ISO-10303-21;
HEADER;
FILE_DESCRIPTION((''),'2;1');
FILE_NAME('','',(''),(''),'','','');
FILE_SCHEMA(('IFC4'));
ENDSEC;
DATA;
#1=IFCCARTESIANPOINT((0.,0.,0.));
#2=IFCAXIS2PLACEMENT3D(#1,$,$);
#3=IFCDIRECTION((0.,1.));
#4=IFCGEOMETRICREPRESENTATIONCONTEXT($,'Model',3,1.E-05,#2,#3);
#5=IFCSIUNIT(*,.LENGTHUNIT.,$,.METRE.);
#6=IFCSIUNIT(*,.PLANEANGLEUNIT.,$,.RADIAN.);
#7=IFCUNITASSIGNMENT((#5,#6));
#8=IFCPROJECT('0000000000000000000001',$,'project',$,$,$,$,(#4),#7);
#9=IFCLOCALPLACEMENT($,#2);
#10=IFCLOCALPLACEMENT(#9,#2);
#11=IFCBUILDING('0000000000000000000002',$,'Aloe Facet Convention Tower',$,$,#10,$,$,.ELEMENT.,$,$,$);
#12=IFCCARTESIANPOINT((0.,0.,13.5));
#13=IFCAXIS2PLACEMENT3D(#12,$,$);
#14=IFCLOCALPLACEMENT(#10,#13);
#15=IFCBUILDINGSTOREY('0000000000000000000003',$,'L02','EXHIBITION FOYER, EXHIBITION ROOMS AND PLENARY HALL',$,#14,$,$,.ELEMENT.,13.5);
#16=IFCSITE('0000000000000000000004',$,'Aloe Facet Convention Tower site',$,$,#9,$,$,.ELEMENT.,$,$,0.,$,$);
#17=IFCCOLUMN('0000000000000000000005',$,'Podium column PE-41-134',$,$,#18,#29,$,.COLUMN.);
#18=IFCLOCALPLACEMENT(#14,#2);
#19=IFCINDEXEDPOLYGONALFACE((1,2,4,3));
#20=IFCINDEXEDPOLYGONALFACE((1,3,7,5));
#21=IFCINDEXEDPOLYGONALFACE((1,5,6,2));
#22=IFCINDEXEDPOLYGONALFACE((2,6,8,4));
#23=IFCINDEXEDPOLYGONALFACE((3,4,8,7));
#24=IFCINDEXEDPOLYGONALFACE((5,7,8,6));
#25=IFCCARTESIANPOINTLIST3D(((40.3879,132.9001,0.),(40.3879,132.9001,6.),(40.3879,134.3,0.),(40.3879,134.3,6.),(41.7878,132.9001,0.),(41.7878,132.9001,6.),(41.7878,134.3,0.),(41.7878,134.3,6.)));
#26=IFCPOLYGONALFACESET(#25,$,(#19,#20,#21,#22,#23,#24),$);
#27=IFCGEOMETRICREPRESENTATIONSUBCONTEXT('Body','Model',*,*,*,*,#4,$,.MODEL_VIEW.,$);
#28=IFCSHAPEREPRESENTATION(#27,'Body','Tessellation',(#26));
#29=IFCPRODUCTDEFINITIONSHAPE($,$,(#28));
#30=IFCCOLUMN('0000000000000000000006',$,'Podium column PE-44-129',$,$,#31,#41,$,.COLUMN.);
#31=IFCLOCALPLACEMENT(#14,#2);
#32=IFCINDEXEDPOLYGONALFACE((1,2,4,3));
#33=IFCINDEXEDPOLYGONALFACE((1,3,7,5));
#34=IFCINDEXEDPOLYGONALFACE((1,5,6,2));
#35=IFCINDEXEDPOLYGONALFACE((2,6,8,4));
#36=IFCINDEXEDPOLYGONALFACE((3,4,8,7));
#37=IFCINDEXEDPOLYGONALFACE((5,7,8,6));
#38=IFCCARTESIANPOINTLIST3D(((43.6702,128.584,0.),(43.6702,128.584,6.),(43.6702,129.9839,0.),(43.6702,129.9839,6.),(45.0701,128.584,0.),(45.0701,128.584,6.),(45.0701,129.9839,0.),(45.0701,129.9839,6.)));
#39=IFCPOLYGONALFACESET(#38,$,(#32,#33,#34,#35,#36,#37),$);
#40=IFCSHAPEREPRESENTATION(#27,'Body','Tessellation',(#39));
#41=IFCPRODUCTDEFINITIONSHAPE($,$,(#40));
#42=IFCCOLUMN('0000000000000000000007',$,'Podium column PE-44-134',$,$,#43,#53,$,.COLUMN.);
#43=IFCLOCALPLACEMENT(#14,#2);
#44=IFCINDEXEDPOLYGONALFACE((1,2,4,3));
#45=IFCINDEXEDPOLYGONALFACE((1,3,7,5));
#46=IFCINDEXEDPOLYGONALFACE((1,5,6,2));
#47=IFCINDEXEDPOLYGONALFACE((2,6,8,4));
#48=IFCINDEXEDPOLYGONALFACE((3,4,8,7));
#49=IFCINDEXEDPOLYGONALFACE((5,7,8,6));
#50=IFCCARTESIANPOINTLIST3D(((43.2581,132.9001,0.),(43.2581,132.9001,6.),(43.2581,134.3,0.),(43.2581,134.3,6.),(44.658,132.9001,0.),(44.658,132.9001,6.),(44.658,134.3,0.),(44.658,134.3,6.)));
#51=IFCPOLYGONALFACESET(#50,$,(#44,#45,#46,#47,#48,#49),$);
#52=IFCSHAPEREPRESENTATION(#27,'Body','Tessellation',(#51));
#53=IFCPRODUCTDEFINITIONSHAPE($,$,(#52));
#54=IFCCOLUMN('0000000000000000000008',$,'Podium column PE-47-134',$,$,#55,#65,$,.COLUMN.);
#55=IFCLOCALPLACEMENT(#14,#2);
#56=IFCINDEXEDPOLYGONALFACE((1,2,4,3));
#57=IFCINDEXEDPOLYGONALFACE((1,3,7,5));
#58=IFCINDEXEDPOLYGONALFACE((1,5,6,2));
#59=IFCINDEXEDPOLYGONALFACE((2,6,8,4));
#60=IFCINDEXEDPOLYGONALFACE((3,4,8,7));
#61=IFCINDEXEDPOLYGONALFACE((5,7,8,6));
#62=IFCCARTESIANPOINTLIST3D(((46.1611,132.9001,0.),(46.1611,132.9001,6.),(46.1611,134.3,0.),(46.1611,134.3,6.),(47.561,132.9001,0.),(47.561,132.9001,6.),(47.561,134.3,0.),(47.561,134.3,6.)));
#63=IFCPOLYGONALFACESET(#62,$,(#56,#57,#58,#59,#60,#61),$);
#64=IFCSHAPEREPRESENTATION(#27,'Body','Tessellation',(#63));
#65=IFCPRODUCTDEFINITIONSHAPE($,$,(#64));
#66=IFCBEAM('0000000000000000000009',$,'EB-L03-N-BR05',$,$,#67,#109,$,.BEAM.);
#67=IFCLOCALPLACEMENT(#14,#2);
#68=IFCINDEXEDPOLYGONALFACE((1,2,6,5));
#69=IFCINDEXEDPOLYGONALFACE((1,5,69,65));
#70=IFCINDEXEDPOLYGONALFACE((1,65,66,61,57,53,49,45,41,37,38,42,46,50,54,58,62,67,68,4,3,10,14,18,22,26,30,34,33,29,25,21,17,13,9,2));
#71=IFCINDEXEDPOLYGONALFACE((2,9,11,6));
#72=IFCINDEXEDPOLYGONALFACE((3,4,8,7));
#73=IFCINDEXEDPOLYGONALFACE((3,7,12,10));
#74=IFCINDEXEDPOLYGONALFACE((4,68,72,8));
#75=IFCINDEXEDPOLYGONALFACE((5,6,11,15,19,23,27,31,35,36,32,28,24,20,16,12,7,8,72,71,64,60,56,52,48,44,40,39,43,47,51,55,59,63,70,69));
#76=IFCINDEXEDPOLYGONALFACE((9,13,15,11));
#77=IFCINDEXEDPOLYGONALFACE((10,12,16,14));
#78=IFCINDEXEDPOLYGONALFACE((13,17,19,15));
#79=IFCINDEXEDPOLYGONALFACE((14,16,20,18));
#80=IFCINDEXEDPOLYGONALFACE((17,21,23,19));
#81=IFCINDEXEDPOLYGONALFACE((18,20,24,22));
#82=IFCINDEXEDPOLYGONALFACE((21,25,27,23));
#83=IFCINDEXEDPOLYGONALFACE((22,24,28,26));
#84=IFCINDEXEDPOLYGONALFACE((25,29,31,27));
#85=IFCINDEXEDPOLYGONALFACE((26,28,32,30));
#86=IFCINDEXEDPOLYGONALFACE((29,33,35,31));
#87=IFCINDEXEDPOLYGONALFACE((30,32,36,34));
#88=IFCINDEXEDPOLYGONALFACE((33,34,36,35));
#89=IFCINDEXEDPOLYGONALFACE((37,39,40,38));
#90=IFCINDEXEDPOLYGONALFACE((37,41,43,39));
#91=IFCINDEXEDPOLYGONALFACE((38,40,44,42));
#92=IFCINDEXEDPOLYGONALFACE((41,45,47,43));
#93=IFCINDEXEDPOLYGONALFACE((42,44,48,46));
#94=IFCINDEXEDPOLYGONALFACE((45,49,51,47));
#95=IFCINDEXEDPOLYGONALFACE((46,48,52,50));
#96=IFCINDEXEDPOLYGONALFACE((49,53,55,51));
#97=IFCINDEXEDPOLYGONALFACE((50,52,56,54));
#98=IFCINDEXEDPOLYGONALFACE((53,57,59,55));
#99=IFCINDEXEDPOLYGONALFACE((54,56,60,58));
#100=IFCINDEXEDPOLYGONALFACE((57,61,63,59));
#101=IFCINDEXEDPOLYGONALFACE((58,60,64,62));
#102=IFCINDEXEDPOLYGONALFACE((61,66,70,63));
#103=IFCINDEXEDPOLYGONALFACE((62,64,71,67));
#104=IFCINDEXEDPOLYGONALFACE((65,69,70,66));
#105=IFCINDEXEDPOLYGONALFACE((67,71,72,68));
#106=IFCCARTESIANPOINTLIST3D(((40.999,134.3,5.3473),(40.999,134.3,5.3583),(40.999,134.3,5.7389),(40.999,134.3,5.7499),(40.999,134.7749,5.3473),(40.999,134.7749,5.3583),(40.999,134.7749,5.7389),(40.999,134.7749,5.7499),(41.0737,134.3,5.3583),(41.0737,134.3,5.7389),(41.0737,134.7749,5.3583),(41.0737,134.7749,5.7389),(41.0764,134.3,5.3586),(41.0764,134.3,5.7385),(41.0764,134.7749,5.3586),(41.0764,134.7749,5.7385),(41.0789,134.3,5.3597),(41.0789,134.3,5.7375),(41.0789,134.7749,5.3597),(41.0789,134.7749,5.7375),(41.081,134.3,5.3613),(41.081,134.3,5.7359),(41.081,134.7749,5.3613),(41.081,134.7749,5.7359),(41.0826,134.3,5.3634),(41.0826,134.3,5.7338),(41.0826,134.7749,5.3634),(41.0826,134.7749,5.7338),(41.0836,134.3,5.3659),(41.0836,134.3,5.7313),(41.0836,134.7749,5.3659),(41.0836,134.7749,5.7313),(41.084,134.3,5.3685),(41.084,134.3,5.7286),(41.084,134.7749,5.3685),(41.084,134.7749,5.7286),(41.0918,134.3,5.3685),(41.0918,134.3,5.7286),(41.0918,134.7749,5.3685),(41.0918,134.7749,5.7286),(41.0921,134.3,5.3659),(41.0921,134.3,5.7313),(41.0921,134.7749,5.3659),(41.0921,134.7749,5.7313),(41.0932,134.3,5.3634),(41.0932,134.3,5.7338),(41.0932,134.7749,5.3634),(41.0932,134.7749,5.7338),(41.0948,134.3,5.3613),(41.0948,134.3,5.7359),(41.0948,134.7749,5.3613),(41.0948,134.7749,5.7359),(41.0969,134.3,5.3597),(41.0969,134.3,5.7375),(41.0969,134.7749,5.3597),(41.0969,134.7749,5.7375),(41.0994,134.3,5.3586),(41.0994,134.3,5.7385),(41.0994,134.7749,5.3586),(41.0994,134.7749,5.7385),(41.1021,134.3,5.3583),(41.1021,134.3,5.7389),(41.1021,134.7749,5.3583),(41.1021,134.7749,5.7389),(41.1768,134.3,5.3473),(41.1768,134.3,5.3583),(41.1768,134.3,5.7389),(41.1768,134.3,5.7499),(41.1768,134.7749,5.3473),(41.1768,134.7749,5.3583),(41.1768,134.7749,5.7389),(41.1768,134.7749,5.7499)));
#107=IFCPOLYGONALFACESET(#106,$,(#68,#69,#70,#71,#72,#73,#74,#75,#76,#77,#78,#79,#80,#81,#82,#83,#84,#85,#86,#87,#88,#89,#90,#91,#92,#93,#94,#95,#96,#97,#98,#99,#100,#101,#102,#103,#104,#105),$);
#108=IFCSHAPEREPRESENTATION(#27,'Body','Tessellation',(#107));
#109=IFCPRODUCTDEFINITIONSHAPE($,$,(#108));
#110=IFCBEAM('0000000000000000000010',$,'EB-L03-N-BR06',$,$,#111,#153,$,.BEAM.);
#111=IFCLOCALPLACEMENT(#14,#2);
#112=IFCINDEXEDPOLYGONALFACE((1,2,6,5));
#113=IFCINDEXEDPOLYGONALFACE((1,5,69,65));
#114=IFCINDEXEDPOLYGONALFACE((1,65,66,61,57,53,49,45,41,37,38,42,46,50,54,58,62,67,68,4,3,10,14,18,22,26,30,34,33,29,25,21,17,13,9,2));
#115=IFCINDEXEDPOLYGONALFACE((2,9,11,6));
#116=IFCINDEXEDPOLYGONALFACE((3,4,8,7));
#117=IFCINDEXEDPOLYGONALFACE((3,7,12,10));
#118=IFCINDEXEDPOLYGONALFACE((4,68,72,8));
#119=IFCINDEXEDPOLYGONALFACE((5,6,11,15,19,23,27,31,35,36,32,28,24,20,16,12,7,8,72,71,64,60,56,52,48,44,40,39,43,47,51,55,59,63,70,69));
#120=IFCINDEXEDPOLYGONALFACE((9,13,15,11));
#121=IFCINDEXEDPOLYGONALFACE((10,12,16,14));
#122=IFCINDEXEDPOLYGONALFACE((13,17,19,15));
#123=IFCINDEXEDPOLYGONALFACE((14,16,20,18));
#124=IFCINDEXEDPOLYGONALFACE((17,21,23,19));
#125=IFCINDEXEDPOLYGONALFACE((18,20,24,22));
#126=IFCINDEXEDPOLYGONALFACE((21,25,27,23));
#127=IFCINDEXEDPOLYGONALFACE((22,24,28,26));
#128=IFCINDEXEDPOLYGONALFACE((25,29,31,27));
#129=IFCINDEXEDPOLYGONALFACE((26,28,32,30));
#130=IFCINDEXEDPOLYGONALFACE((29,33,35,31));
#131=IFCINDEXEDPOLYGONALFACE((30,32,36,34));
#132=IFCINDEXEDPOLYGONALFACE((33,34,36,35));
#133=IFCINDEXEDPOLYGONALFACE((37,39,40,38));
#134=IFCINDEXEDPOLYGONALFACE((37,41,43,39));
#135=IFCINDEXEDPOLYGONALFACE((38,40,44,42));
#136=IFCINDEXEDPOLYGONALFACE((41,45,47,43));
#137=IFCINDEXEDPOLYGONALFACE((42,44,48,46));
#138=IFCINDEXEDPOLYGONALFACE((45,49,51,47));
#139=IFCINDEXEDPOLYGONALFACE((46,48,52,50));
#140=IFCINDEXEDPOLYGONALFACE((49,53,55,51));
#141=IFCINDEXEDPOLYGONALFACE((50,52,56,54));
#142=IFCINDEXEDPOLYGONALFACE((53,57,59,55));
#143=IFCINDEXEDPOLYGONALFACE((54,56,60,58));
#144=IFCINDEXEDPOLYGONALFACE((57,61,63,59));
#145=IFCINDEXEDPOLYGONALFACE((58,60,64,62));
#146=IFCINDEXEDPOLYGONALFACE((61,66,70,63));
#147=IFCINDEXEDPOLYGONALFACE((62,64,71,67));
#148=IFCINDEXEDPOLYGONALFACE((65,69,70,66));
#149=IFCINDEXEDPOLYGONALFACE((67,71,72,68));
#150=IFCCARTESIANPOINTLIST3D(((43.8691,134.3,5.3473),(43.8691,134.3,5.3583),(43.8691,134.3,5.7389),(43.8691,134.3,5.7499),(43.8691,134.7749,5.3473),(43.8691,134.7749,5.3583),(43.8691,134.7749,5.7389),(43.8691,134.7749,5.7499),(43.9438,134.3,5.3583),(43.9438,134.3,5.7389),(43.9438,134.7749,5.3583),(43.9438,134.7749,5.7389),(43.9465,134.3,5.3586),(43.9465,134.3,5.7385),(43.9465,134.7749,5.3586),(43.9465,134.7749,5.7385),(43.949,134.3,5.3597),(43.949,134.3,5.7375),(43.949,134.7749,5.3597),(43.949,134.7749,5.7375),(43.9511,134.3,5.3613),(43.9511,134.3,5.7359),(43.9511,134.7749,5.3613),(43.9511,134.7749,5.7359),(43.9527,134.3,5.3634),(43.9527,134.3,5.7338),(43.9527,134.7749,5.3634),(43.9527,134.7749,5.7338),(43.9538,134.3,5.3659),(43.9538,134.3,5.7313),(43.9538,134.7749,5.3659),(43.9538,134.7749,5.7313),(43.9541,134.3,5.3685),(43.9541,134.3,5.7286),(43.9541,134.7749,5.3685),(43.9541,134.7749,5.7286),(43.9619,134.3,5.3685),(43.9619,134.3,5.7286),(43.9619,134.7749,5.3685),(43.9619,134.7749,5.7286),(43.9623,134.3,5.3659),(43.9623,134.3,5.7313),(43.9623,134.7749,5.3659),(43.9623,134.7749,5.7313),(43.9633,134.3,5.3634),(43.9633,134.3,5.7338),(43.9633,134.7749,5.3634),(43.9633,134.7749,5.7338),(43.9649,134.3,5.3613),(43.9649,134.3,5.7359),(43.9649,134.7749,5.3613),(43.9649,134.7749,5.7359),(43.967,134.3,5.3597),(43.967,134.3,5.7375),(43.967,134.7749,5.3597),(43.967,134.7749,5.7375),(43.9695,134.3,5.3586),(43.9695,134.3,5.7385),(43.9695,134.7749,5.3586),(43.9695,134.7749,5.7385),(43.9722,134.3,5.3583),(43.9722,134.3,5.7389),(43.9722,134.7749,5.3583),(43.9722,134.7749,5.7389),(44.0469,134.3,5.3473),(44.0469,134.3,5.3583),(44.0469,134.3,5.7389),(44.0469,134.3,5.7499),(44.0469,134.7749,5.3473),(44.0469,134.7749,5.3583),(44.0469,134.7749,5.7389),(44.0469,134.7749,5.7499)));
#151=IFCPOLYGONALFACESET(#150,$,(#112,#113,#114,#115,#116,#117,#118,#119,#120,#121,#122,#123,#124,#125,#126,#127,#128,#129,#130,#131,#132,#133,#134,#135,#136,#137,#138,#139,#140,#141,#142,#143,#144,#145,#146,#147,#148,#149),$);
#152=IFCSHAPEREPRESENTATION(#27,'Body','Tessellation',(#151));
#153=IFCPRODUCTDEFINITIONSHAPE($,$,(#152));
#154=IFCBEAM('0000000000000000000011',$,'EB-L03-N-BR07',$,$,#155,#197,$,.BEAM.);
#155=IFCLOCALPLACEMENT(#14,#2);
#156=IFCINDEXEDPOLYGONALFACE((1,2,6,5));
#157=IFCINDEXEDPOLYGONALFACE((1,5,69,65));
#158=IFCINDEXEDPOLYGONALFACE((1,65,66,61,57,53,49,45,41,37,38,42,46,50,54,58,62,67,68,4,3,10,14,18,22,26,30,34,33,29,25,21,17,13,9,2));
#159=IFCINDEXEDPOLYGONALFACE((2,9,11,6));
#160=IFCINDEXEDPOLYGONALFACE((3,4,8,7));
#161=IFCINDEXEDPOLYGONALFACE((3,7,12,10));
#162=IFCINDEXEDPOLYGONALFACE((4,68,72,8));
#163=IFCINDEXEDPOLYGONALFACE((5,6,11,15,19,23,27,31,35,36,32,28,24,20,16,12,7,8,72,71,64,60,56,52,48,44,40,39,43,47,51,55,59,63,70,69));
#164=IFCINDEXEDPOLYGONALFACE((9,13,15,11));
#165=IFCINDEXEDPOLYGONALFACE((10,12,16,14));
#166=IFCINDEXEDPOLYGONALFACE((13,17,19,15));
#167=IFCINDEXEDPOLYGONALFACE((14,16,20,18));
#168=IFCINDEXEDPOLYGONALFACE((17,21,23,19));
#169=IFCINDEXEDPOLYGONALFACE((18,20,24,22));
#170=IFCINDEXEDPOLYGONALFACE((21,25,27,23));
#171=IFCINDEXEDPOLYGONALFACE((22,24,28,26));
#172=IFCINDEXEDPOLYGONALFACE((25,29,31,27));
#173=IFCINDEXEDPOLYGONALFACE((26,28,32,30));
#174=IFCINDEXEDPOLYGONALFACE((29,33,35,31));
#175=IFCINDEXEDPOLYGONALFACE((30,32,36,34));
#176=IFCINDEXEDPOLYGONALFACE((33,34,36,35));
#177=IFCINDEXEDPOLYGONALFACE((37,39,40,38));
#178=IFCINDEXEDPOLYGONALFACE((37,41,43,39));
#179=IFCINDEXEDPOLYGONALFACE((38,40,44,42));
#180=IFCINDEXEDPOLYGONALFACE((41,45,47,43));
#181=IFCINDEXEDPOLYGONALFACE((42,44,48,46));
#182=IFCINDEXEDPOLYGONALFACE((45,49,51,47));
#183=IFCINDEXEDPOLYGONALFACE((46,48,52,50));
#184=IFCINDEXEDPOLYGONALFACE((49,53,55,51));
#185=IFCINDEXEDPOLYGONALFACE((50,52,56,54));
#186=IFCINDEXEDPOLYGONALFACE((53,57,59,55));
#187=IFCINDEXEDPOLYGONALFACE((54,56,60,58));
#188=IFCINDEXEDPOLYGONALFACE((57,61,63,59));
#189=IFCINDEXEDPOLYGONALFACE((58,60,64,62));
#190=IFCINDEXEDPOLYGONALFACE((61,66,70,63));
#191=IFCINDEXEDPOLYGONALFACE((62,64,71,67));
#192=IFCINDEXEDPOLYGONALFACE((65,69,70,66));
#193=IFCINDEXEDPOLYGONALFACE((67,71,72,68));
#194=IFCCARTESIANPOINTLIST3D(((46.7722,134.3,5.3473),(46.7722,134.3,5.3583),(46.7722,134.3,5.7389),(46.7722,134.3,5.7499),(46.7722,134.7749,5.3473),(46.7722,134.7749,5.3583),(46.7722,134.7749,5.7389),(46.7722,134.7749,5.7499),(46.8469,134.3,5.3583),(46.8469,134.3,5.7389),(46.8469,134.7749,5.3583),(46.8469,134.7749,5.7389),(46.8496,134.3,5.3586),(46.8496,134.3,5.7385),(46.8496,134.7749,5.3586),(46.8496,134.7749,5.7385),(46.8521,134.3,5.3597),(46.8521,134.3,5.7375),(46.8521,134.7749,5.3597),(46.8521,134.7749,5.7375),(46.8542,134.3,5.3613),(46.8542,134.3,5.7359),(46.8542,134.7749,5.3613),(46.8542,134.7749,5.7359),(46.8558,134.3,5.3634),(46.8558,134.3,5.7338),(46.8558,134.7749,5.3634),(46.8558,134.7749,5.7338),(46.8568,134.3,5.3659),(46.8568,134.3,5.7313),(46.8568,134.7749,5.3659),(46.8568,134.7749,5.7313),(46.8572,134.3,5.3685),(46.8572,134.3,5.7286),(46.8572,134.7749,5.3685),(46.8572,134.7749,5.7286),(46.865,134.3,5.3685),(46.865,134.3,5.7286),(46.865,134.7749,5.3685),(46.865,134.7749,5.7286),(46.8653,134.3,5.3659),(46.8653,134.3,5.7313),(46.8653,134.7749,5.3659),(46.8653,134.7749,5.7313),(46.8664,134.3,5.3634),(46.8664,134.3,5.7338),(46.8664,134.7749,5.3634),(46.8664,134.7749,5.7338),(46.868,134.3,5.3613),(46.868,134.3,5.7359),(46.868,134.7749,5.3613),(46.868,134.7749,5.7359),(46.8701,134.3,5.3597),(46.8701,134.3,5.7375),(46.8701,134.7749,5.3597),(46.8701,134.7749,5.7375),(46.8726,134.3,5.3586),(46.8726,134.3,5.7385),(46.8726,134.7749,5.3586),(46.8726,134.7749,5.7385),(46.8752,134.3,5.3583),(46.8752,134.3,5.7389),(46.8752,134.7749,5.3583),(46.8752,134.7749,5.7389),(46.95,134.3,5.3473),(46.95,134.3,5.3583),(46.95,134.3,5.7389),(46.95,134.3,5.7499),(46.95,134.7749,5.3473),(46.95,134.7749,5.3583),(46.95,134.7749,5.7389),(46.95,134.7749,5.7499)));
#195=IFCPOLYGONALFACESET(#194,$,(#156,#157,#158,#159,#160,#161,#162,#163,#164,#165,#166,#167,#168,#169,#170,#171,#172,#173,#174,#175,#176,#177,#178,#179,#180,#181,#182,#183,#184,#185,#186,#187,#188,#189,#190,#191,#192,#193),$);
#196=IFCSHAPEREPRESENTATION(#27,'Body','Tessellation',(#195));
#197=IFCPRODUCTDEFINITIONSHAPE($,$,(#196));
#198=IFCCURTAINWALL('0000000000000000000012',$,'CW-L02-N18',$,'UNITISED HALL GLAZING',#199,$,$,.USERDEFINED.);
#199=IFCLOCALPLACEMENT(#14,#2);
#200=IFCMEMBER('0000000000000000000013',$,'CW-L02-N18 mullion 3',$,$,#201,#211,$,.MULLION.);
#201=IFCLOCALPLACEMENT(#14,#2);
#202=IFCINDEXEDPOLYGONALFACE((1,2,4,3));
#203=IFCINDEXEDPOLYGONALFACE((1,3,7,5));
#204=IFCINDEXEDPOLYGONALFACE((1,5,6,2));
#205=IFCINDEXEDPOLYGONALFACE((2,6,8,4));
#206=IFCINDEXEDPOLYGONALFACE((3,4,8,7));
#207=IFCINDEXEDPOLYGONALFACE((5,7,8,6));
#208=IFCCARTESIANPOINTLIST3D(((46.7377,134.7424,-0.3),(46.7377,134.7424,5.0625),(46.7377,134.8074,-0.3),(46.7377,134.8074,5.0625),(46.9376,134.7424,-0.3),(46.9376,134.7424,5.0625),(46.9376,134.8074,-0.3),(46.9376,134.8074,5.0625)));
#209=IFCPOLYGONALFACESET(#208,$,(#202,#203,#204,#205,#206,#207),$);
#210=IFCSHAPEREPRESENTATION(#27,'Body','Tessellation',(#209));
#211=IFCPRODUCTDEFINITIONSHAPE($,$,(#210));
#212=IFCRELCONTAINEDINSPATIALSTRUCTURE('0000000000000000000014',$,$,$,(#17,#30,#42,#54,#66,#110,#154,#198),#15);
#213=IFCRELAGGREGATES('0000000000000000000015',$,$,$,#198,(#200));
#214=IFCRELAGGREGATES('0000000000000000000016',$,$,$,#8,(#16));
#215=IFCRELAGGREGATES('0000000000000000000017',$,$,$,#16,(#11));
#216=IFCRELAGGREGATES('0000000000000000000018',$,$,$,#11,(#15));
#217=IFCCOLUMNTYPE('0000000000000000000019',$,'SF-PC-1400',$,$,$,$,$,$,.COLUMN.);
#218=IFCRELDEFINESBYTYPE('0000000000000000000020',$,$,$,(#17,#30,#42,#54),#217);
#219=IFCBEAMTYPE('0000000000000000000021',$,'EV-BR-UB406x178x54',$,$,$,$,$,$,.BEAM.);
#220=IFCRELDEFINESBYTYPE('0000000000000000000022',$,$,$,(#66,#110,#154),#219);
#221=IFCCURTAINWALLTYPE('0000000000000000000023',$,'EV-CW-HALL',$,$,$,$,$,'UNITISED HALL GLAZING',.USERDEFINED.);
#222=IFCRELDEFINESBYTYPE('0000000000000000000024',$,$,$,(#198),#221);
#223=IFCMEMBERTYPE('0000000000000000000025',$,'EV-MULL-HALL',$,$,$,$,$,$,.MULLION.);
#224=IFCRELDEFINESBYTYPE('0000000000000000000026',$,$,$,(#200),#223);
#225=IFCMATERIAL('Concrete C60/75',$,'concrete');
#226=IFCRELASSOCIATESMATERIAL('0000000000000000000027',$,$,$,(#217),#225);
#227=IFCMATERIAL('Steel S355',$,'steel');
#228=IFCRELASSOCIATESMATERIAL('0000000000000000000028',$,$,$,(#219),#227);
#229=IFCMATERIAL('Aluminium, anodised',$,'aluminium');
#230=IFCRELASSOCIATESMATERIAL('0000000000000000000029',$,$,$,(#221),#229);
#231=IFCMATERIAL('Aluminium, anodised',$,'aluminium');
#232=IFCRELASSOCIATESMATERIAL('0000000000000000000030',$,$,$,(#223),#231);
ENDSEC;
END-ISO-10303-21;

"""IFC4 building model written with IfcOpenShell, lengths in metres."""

from ifc_helpers import new_model, si_unit, direction, frame, origin, origin_2d, place, context, subcontext, project, spatial, rectangle, i_section, extrude, material, material_profile, profile_set, type_object, element, aggregate, save


model = new_model("IFC4")

# Units and contexts
model_context = context("Model", 3, precision=1e-05, world=origin(), true_north=direction((0.0, 1.0)))
body_context = subcontext(model_context, "Body", "Model", "MODEL_VIEW")
ifc_project = project(units=[si_unit("LENGTHUNIT", "METRE"), si_unit("PLANEANGLEUNIT", "RADIAN")], contexts=[model_context])

# Site, building, storey
site_placement = place(None, origin())
site = spatial("IfcSite", under=ifc_project, at=site_placement, Name="Aloe Facet Convention Tower site", CompositionType="ELEMENT", RefElevation=0.0)
building_placement = place(site_placement, origin())
building = spatial("IfcBuilding", under=site, at=building_placement, Name="Aloe Facet Convention Tower", CompositionType="ELEMENT")
storey_placement = place(building_placement, frame((0.0, 0.0, 13.5)))
storey = spatial("IfcBuildingStorey", under=building, at=storey_placement, Name="L02", Description="EXHIBITION FOYER, EXHIBITION ROOMS AND PLENARY HALL", CompositionType="ELEMENT", Elevation=13.5)

# Columns
ifc_material_1 = material(Name="Concrete C60/75", Category="concrete")
ifc_material_profile_1 = material_profile(ifc_material_1, rectangle(XDim=1.3999, YDim=1.3999, at=origin_2d()), Name="SF-PC-1400")
ifc_profile_set_1 = profile_set([ifc_material_profile_1], Name="Concrete C60/75")
column_type = type_object("IfcColumnType", Name="SF-PC-1400", PredefinedType="COLUMN", material=ifc_profile_set_1)
for number, where, z_axis, x_axis, name in (
    (1, (41.0879, 133.6001, 0.0), (0.0, 0.0, 1.0), (1.0, 0.0, 0.0), "Podium column PE-41-134"),
    (2, (44.3701, 129.2839, 0.0), (0.0, 0.0, 1.0), (1.0, 0.0, 0.0), "Podium column PE-44-129"),
    (3, (43.958, 133.6001, 0.0), (0.0, 0.0, 1.0), (1.0, 0.0, 0.0), "Podium column PE-44-134"),
    (4, (46.8611, 133.6001, 0.0), (0.0, 0.0, 1.0), (1.0, 0.0, 0.0), "Podium column PE-47-134"),
):
    element("IfcColumn", number, at=place(storey_placement, frame(where, z_axis=z_axis, x_axis=x_axis)), inside=storey, type_object=column_type, Name=name, PredefinedType="COLUMN", context=body_context, shape_type="SweptSolid", body=[
        extrude(rectangle(XDim=1.3999, YDim=1.3999, at=origin_2d()), origin(), (0.0, 0.0, 1.0), 6.0),
    ])

# Beams
ifc_material_2 = material(Name="Steel S355", Category="steel")
ifc_material_profile_2 = material_profile(ifc_material_2, i_section(OverallWidth=0.1777, OverallDepth=0.4026, WebThickness=0.0078, FlangeThickness=0.011, FilletRadius=0.0103, at=origin_2d()), Name="UB 406x178x54")
ifc_profile_set_2 = profile_set([ifc_material_profile_2], Name="Steel S355")
beam_type_1 = type_object("IfcBeamType", Name="EV-BR-UB406x178x54", PredefinedType="BEAM", material=ifc_profile_set_2)
for number, where, z_axis, x_axis, name in (
    (5, (41.0879, 134.3, 5.5486), (0.0, 1.0, 0.0), (-1.0, 0.0, 0.0), "EB-L03-N-BR05"),
    (6, (43.958, 134.3, 5.5486), (0.0, 1.0, 0.0), (-1.0, 0.0, 0.0), "EB-L03-N-BR06"),
    (7, (46.8611, 134.3, 5.5486), (0.0, 1.0, 0.0), (-1.0, 0.0, 0.0), "EB-L03-N-BR07"),
):
    element("IfcBeam", number, at=place(storey_placement, frame(where, z_axis=z_axis, x_axis=x_axis)), inside=storey, type_object=beam_type_1, Name=name, PredefinedType="BEAM", context=body_context, shape_type="SweptSolid", body=[
        extrude(i_section(OverallWidth=0.1777, OverallDepth=0.4026, WebThickness=0.0078, FlangeThickness=0.011, FilletRadius=0.0103, at=origin_2d()), origin(), (0.0, 0.0, 1.0), 0.4749),
    ])

# Curtain wall, member
ifc_material_3 = material(Name="Aluminium, anodised", Category="aluminium")
curtain_wall_type = type_object("IfcCurtainWallType", Name="EV-CW-HALL", ElementType="UNITISED HALL GLAZING", PredefinedType="USERDEFINED", material=ifc_material_3)
curtain_wall_1_placement = place(storey_placement, origin())
curtain_wall_1 = element("IfcCurtainWall", 8, at=curtain_wall_1_placement, inside=storey, type_object=curtain_wall_type, Name="CW-L02-N18", ObjectType="UNITISED HALL GLAZING", PredefinedType="USERDEFINED")
ifc_material_4 = material(Name="Aluminium, anodised", Category="aluminium")
ifc_material_profile_3 = material_profile(ifc_material_4, rectangle(XDim=0.0649, YDim=0.2, at=origin_2d()), Name="AL 65x200")
ifc_profile_set_3 = profile_set([ifc_material_profile_3], Name="Aluminium, anodised")
member_type_1 = type_object("IfcMemberType", Name="EV-MULL-HALL", PredefinedType="MULLION", material=ifc_profile_set_3)
member_1_placement = place(storey_placement, frame((46.8376, 134.7749, -0.3), z_axis=(0.0, 0.0, 1.0), x_axis=(0.0, -1.0, 0.0)))
member_1 = element("IfcMember", 9, at=member_1_placement, type_object=member_type_1, Name="CW-L02-N18 mullion 3", PredefinedType="MULLION", context=body_context, shape_type="SweptSolid", body=[
    extrude(rectangle(XDim=0.0649, YDim=0.2, at=origin_2d()), origin(), (0.0, 0.0, 1.0), 5.3625),
])

aggregate(curtain_wall_1, [member_1])

save(model, "model.ifc")
